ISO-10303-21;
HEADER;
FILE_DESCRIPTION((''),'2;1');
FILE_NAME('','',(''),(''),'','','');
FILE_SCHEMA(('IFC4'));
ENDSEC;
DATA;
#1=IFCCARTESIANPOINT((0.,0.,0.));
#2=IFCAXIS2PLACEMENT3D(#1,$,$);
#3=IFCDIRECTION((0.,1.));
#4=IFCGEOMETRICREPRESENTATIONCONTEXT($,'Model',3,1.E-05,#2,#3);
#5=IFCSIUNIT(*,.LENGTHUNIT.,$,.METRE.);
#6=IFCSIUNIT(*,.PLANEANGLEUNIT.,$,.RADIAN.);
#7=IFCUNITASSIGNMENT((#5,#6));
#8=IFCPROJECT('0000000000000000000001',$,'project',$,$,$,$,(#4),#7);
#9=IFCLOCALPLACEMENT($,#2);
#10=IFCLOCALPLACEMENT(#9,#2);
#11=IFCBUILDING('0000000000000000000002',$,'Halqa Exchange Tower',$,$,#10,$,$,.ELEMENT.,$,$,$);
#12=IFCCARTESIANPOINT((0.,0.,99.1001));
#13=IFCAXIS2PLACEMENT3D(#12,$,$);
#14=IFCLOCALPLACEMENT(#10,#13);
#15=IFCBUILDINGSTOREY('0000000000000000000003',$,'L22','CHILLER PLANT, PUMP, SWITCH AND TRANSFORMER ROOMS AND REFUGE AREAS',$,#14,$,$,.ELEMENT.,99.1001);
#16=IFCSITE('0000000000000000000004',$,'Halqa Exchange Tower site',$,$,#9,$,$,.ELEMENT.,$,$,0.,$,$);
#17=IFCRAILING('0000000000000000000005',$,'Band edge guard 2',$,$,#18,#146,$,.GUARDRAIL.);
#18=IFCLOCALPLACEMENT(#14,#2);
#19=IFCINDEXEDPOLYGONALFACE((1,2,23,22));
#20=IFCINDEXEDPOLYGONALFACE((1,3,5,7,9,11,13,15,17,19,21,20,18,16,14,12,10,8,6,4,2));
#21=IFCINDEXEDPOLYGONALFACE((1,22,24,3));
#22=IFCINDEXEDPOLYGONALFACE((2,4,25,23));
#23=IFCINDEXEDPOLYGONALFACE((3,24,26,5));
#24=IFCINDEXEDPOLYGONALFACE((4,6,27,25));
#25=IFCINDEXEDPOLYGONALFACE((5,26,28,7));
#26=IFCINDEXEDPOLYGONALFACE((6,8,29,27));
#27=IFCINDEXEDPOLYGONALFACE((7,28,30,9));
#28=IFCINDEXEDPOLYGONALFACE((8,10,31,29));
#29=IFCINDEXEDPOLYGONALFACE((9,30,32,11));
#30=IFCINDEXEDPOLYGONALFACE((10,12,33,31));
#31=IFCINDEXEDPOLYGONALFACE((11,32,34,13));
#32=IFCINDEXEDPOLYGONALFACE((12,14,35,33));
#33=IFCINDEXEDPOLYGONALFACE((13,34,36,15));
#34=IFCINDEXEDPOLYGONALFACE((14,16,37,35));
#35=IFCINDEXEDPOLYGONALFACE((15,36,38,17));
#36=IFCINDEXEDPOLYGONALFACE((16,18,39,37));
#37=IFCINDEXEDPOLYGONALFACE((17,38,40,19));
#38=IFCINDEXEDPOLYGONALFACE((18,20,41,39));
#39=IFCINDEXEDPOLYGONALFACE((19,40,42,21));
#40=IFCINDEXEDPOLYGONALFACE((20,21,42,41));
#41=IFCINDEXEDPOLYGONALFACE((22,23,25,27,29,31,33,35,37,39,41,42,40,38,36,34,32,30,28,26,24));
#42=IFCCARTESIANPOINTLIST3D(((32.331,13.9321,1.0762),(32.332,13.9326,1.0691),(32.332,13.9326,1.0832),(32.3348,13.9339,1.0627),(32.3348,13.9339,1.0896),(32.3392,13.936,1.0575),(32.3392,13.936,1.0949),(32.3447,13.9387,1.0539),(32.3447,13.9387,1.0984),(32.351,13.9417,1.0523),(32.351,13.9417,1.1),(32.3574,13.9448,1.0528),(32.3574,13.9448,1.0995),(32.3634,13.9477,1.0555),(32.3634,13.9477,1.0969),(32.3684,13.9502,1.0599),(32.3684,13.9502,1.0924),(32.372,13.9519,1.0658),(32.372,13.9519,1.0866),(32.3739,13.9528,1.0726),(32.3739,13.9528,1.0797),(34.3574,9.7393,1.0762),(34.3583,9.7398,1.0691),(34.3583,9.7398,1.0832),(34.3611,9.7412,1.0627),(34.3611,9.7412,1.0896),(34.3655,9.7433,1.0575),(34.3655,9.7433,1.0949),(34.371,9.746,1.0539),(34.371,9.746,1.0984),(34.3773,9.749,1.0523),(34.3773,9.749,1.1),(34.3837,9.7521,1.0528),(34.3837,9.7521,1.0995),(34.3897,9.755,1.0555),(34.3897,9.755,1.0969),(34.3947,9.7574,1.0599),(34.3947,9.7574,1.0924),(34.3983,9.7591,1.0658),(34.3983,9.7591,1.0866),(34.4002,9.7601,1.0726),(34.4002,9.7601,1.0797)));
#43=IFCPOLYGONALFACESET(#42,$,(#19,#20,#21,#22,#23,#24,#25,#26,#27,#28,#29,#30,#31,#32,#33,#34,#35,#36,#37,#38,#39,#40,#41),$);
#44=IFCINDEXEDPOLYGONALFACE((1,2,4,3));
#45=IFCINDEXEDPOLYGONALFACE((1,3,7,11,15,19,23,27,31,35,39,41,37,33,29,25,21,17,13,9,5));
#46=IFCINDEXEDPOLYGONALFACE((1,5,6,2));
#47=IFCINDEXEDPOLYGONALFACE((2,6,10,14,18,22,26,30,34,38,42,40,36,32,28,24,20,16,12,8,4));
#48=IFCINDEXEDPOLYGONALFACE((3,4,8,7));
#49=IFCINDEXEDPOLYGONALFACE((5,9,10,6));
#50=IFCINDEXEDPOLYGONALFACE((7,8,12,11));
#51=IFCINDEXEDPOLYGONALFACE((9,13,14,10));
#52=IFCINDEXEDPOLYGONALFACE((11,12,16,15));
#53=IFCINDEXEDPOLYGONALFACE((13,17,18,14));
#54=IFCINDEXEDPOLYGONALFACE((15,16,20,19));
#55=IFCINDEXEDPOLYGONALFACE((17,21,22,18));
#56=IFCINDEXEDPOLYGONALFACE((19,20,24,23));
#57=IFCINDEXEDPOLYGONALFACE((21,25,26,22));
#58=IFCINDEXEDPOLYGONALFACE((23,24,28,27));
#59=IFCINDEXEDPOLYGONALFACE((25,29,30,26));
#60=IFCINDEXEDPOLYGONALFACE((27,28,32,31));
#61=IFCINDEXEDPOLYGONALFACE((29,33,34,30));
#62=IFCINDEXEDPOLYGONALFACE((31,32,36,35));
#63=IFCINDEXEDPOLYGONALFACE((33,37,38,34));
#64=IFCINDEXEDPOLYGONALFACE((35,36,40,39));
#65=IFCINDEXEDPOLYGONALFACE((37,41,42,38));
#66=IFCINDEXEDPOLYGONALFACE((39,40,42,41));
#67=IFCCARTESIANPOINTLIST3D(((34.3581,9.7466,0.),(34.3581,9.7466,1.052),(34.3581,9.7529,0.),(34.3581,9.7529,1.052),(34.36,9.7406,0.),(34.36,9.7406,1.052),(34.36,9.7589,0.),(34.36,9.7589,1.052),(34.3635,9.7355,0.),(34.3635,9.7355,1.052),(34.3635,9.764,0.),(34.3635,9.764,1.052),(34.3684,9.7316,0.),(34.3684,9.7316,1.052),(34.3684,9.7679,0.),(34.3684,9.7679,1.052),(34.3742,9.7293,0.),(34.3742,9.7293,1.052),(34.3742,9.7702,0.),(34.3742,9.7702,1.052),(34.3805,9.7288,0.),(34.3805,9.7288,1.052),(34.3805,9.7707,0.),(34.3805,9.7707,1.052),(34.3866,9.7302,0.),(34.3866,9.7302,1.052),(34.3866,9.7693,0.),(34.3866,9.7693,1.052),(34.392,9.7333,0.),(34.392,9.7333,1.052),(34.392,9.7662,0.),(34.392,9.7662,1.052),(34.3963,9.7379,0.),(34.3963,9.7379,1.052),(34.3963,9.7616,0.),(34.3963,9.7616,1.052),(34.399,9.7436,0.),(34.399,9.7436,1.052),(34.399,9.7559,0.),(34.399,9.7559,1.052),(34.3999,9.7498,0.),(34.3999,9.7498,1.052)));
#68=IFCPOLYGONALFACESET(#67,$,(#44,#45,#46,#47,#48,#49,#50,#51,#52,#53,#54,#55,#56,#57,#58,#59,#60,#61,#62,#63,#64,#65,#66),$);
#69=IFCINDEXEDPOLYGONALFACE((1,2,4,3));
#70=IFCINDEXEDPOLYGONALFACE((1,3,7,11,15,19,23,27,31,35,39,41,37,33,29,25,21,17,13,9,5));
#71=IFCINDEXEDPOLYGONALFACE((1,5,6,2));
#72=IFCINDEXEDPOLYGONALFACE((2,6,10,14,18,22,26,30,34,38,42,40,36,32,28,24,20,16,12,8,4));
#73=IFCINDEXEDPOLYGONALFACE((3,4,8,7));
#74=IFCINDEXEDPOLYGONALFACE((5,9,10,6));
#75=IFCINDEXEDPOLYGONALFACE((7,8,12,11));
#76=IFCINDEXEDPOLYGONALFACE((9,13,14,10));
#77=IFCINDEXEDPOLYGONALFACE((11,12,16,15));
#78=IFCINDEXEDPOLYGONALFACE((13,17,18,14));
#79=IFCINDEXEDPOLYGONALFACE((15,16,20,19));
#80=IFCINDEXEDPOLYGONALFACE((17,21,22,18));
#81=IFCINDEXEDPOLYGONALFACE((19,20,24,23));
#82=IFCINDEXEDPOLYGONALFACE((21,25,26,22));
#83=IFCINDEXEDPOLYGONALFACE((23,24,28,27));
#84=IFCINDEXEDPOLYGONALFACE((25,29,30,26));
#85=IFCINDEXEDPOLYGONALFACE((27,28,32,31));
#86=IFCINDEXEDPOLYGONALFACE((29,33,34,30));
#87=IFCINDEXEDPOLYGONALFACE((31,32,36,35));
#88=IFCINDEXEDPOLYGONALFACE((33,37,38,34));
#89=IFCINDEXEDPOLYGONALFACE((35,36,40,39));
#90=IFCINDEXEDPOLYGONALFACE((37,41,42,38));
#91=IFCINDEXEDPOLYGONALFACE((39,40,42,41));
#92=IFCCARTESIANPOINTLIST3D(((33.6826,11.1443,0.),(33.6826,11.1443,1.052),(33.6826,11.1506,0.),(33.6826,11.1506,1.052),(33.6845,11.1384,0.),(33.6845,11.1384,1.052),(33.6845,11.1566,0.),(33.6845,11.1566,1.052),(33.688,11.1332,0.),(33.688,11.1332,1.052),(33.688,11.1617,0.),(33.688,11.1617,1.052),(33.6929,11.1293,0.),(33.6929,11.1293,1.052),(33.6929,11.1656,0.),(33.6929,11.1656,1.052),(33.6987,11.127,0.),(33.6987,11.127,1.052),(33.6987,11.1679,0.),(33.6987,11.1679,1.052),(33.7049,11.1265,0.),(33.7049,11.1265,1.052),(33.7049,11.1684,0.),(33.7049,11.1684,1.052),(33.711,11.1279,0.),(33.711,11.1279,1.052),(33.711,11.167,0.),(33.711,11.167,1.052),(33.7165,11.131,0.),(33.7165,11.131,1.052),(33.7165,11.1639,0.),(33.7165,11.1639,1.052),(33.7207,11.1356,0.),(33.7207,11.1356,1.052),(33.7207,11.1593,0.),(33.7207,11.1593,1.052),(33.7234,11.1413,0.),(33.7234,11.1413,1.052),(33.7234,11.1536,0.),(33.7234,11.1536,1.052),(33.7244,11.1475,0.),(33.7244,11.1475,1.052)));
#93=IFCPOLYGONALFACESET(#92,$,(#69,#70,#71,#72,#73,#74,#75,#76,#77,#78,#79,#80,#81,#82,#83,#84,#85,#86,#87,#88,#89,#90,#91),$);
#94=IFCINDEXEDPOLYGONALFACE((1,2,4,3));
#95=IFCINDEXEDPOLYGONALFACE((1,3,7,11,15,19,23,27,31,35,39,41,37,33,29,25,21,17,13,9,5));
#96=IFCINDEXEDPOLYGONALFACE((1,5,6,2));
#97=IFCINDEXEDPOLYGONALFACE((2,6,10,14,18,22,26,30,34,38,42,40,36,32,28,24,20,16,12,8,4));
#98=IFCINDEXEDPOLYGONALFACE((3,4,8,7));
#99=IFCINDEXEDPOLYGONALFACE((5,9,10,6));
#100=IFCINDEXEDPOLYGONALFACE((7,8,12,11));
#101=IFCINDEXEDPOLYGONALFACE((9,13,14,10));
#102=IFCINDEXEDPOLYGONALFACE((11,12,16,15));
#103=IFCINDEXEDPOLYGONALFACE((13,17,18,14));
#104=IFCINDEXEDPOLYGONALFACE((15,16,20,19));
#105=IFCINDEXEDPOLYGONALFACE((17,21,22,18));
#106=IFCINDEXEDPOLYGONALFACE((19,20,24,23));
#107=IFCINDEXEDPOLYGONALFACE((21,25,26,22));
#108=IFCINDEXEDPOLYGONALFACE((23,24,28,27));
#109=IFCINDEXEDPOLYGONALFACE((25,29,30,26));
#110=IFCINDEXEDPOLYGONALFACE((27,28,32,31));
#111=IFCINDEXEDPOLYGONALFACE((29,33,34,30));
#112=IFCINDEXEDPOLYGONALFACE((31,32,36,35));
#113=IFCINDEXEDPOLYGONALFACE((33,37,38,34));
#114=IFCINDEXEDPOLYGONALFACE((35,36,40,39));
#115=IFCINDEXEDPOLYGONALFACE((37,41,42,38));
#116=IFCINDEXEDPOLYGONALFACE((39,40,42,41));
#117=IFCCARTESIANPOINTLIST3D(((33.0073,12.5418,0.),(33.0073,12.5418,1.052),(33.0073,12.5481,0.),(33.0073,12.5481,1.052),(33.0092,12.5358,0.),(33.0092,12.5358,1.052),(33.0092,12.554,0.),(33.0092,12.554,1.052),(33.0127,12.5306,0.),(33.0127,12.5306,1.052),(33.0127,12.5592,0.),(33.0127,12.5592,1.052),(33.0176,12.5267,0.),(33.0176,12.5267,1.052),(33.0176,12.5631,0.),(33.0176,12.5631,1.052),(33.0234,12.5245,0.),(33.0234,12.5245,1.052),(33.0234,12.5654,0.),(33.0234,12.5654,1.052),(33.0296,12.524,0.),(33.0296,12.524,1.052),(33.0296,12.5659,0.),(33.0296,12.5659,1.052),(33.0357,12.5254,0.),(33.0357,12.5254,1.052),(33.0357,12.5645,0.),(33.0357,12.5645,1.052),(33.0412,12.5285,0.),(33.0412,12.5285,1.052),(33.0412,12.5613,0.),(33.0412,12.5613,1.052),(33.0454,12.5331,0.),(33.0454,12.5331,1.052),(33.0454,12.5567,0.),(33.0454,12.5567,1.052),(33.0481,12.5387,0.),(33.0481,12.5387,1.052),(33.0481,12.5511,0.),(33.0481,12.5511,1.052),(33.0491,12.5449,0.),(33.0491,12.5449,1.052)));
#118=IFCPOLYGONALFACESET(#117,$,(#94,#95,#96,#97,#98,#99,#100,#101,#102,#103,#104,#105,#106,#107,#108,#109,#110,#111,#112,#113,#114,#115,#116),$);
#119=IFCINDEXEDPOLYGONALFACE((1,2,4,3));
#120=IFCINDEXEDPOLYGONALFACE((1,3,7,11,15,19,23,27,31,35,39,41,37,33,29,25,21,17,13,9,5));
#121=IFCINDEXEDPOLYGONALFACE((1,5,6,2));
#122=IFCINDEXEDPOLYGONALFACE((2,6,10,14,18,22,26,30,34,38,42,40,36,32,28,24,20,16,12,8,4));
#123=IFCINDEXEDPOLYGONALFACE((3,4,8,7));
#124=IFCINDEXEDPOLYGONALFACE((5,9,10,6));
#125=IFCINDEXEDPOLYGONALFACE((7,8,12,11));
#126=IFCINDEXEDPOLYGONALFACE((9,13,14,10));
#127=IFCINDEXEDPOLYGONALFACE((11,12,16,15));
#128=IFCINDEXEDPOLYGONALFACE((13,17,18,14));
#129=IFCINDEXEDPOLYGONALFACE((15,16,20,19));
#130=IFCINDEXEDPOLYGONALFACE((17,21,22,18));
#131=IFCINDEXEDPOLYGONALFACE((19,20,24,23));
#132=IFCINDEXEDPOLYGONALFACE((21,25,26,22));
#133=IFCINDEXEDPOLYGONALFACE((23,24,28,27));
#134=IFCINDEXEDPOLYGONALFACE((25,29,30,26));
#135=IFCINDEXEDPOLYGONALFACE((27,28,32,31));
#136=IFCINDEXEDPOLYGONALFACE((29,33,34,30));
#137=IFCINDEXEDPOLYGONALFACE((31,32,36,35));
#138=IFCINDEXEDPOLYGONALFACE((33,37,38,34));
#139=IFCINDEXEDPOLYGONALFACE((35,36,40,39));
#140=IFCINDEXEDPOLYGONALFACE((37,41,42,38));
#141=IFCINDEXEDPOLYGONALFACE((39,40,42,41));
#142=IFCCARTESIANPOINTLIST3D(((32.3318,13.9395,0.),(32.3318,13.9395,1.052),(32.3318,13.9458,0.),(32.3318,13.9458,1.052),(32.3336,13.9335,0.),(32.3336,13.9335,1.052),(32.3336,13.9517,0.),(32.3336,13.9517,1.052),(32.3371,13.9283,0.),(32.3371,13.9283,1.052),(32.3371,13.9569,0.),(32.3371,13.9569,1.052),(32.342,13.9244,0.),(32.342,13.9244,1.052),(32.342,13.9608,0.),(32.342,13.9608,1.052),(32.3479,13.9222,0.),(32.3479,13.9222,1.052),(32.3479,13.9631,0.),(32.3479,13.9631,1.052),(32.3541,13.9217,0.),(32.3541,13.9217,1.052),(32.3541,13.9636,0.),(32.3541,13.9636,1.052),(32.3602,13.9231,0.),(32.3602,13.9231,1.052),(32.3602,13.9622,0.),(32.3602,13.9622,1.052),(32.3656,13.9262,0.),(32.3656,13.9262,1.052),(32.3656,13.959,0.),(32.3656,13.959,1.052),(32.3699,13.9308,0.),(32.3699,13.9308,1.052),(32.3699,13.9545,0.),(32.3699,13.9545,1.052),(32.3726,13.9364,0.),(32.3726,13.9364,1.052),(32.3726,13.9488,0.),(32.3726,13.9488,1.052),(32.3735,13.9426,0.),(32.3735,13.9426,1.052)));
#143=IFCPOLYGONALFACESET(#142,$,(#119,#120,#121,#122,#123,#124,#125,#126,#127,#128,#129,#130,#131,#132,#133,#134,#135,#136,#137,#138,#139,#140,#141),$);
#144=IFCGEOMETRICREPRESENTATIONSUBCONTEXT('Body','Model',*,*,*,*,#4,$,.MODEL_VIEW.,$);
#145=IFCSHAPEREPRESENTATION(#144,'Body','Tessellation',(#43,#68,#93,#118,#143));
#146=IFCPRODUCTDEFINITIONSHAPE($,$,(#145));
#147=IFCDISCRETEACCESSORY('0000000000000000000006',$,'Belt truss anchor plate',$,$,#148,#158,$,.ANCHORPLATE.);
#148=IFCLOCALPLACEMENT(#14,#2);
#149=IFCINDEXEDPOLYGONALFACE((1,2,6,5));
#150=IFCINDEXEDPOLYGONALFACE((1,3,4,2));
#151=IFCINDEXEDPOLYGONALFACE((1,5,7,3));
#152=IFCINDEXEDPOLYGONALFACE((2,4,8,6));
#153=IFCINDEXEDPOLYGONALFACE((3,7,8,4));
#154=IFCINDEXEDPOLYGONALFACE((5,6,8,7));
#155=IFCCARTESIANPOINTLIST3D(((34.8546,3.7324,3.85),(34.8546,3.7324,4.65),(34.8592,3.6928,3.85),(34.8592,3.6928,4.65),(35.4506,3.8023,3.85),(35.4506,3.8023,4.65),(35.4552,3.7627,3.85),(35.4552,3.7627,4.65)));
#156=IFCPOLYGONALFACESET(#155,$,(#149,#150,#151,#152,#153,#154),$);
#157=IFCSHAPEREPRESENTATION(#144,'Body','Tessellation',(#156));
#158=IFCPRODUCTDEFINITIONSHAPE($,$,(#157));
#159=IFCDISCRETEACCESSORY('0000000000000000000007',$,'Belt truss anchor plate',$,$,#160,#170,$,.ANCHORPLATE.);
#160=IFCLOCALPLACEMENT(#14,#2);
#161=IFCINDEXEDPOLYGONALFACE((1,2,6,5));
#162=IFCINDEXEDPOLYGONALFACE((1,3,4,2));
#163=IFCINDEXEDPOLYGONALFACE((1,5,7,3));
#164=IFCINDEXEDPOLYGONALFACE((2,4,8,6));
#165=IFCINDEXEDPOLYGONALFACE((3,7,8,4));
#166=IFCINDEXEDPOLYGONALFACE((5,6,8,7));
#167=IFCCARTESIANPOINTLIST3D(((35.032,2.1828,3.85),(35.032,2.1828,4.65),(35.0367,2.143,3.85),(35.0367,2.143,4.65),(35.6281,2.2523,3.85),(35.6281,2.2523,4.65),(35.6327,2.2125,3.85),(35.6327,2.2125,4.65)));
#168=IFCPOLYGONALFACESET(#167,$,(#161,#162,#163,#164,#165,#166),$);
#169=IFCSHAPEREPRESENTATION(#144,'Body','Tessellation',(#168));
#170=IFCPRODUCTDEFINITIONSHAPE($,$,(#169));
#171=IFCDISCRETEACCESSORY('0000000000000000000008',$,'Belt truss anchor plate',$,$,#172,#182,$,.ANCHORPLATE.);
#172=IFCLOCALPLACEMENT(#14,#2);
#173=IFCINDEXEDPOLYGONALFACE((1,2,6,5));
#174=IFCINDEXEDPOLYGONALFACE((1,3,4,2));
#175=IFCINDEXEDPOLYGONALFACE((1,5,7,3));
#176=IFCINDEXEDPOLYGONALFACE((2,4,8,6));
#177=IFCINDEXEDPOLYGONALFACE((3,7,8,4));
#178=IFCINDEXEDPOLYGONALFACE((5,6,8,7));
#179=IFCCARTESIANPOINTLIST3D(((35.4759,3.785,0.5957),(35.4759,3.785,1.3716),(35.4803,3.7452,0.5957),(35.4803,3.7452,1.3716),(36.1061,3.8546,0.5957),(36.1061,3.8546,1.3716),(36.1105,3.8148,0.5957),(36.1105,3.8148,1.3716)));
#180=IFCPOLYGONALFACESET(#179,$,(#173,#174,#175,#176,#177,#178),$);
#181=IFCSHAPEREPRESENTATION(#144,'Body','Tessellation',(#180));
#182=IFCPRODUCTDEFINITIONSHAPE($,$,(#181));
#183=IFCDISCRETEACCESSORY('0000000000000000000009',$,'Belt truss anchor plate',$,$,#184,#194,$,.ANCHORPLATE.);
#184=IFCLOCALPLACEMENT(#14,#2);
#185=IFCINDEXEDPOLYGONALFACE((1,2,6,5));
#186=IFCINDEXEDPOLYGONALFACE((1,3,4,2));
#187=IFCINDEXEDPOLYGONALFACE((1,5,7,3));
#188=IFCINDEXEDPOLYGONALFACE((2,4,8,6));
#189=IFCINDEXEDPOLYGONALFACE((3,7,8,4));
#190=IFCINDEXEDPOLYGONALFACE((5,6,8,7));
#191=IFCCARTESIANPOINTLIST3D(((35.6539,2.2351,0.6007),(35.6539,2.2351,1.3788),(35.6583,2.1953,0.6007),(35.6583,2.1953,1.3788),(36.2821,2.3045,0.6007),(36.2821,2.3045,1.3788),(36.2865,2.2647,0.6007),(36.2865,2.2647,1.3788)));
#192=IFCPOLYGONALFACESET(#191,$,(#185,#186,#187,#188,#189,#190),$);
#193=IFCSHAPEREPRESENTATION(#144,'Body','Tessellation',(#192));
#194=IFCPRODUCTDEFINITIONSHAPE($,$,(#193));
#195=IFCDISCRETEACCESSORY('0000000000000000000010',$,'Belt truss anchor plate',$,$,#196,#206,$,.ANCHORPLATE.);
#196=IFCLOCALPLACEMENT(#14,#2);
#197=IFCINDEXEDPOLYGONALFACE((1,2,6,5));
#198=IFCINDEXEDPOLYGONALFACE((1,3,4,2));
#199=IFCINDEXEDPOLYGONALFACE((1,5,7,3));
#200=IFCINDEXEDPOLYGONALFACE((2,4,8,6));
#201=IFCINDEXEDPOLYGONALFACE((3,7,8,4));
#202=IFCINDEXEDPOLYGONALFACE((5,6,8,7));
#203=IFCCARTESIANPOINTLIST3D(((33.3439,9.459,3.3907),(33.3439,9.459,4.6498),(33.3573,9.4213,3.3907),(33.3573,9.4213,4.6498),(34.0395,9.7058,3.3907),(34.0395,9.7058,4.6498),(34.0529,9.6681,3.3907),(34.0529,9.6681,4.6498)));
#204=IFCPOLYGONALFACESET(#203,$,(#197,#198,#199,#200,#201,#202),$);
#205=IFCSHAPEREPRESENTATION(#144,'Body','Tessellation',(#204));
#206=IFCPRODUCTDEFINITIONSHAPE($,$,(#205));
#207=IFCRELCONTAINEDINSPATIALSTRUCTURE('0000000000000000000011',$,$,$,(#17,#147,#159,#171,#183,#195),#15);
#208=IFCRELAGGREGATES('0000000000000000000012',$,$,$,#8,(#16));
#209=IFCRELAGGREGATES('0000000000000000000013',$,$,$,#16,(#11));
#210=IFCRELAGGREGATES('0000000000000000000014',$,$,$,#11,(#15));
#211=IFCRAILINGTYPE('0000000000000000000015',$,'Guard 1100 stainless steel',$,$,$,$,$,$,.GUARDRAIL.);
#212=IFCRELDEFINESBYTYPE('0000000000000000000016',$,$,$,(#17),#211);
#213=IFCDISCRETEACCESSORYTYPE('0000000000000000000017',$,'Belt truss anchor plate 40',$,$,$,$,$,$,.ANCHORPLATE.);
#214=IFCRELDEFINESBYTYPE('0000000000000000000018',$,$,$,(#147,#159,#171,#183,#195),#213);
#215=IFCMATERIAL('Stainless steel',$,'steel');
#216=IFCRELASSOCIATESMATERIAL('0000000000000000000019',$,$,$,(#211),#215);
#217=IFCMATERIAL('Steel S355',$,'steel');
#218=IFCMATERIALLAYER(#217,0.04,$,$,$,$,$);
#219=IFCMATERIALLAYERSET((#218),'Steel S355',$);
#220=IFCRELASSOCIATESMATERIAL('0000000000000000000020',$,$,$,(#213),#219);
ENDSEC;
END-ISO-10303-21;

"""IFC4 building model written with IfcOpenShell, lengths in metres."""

from ifc_helpers import new_model, si_unit, direction, frame, origin, origin_2d, place, context, subcontext, project, spatial, rectangle, circle, extrude, material, layer, layer_set, type_object, element, save


model = new_model("IFC4")

# Units and contexts
model_context = context("Model", 3, precision=1e-05, world=origin(), true_north=direction((0.0, 1.0)))
body_context = subcontext(model_context, "Body", "Model", "MODEL_VIEW")
ifc_project = project(units=[si_unit("LENGTHUNIT", "METRE"), si_unit("PLANEANGLEUNIT", "RADIAN")], contexts=[model_context])

# Site, building, storey
site_placement = place(None, origin())
site = spatial("IfcSite", under=ifc_project, at=site_placement, Name="Halqa Exchange Tower site", CompositionType="ELEMENT", RefElevation=0.0)
building_placement = place(site_placement, origin())
building = spatial("IfcBuilding", under=site, at=building_placement, Name="Halqa Exchange Tower", CompositionType="ELEMENT")
storey_placement = place(building_placement, frame((0.0, 0.0, 99.1001)))
storey = spatial("IfcBuildingStorey", under=building, at=storey_placement, Name="L22", Description="CHILLER PLANT, PUMP, SWITCH AND TRANSFORMER ROOMS AND REFUGE AREAS", CompositionType="ELEMENT", Elevation=99.1001)

# Shared definitions
ifc_material_1 = material(Name="Steel S355", Category="steel")

# Railing
ifc_material_2 = material(Name="Stainless steel", Category="steel")
railing_type = type_object("IfcRailingType", Name="Guard 1100 stainless steel", PredefinedType="GUARDRAIL", material=ifc_material_2)
railing_1_placement = place(storey_placement, frame((34.3789, 9.7498, 0.0)))
element("IfcRailing", 1, at=railing_1_placement, inside=storey, type_object=railing_type, Name="Band edge guard 2", PredefinedType="GUARDRAIL", context=body_context, shape_type="SweptSolid", body=[
    extrude(circle(Radius=0.0239, at=origin_2d()), frame((0.0, 0.0, 1.0762), z_axis=(-0.435136, 0.900365, 0.0), x_axis=(-0.900365, -0.435136, 0.0)), (0.0, 0.0, 1.0), 4.6567),
    extrude(circle(Radius=0.021, at=origin_2d()), origin(), (0.0, 0.0, 1.0), 1.052),
    extrude(circle(Radius=0.021, at=origin_2d()), frame((-0.6755, 1.3977, 0.0)), (0.0, 0.0, 1.0), 1.052),
    extrude(circle(Radius=0.021, at=origin_2d()), frame((-1.3508, 2.7952, 0.0)), (0.0, 0.0, 1.0), 1.052),
    extrude(circle(Radius=0.021, at=origin_2d()), frame((-2.0264, 4.1929, 0.0)), (0.0, 0.0, 1.0), 1.052),
])

# Discrete accessories
ifc_layer_1 = layer(ifc_material_1, 0.04)
ifc_layer_set_1 = layer_set([ifc_layer_1], Name="Steel S355")
discrete_accessory_type = type_object("IfcDiscreteAccessoryType", Name="Belt truss anchor plate 40", PredefinedType="ANCHORPLATE", material=ifc_layer_set_1)
discrete_accessory_1_placement = place(storey_placement, frame((35.1572, 3.7278, 4.25), z_axis=(-0.116486, 0.993192, 0.0), x_axis=(-0.993192, -0.116486, 0.0)))
element("IfcDiscreteAccessory", 2, at=discrete_accessory_1_placement, inside=storey, type_object=discrete_accessory_type, Name="Belt truss anchor plate", PredefinedType="ANCHORPLATE", context=body_context, shape_type="SweptSolid", body=[
    extrude(rectangle(XDim=0.6001, YDim=0.8, at=origin_2d()), origin(), (0.0, 0.0, 1.0), 0.0398),
])
discrete_accessory_2_placement = place(storey_placement, frame((35.3301, 2.2175, 4.25), z_axis=(0.115781, -0.993275, 0.0), x_axis=(0.993275, 0.115781, 0.0)))
element("IfcDiscreteAccessory", 3, at=discrete_accessory_2_placement, inside=storey, type_object=discrete_accessory_type, Name="Belt truss anchor plate", PredefinedType="ANCHORPLATE", context=body_context, shape_type="SweptSolid", body=[
    extrude(rectangle(XDim=0.6001, YDim=0.8, at=origin_2d()), origin(), (0.0, 0.0, 1.0), 0.04),
])
discrete_accessory_3_placement = place(storey_placement, frame((35.7954, 3.78, 0.9836), z_axis=(-0.109762, 0.993958, 0.0), x_axis=(-0.993958, -0.109762, 0.0)))
element("IfcDiscreteAccessory", 4, at=discrete_accessory_3_placement, inside=storey, type_object=discrete_accessory_type, Name="Belt truss anchor plate", PredefinedType="ANCHORPLATE", context=body_context, shape_type="SweptSolid", body=[
    extrude(rectangle(XDim=0.634, YDim=0.7759, at=origin_2d()), origin(), (0.0, 0.0, 1.0), 0.04),
])
discrete_accessory_4_placement = place(storey_placement, frame((35.968, 2.2698, 0.9897), z_axis=(0.109762, -0.993958, 0.0), x_axis=(0.993958, 0.109762, 0.0)))
element("IfcDiscreteAccessory", 5, at=discrete_accessory_4_placement, inside=storey, type_object=discrete_accessory_type, Name="Belt truss anchor plate", PredefinedType="ANCHORPLATE", context=body_context, shape_type="SweptSolid", body=[
    extrude(rectangle(XDim=0.6321, YDim=0.7781, at=origin_2d()), origin(), (0.0, 0.0, 1.0), 0.04),
])
discrete_accessory_5_placement = place(storey_placement, frame((33.7051, 9.5447, 4.0203), z_axis=(-0.33441, 0.942428, 0.0), x_axis=(-0.942428, -0.33441, 0.0)))
element("IfcDiscreteAccessory", 6, at=discrete_accessory_5_placement, inside=storey, type_object=discrete_accessory_type, Name="Belt truss anchor plate", PredefinedType="ANCHORPLATE", context=body_context, shape_type="SweptSolid", body=[
    extrude(rectangle(XDim=0.738, YDim=1.259, at=origin_2d()), origin(), (0.0, 0.0, 1.0), 0.04),
])

save(model, "model.ifc")
